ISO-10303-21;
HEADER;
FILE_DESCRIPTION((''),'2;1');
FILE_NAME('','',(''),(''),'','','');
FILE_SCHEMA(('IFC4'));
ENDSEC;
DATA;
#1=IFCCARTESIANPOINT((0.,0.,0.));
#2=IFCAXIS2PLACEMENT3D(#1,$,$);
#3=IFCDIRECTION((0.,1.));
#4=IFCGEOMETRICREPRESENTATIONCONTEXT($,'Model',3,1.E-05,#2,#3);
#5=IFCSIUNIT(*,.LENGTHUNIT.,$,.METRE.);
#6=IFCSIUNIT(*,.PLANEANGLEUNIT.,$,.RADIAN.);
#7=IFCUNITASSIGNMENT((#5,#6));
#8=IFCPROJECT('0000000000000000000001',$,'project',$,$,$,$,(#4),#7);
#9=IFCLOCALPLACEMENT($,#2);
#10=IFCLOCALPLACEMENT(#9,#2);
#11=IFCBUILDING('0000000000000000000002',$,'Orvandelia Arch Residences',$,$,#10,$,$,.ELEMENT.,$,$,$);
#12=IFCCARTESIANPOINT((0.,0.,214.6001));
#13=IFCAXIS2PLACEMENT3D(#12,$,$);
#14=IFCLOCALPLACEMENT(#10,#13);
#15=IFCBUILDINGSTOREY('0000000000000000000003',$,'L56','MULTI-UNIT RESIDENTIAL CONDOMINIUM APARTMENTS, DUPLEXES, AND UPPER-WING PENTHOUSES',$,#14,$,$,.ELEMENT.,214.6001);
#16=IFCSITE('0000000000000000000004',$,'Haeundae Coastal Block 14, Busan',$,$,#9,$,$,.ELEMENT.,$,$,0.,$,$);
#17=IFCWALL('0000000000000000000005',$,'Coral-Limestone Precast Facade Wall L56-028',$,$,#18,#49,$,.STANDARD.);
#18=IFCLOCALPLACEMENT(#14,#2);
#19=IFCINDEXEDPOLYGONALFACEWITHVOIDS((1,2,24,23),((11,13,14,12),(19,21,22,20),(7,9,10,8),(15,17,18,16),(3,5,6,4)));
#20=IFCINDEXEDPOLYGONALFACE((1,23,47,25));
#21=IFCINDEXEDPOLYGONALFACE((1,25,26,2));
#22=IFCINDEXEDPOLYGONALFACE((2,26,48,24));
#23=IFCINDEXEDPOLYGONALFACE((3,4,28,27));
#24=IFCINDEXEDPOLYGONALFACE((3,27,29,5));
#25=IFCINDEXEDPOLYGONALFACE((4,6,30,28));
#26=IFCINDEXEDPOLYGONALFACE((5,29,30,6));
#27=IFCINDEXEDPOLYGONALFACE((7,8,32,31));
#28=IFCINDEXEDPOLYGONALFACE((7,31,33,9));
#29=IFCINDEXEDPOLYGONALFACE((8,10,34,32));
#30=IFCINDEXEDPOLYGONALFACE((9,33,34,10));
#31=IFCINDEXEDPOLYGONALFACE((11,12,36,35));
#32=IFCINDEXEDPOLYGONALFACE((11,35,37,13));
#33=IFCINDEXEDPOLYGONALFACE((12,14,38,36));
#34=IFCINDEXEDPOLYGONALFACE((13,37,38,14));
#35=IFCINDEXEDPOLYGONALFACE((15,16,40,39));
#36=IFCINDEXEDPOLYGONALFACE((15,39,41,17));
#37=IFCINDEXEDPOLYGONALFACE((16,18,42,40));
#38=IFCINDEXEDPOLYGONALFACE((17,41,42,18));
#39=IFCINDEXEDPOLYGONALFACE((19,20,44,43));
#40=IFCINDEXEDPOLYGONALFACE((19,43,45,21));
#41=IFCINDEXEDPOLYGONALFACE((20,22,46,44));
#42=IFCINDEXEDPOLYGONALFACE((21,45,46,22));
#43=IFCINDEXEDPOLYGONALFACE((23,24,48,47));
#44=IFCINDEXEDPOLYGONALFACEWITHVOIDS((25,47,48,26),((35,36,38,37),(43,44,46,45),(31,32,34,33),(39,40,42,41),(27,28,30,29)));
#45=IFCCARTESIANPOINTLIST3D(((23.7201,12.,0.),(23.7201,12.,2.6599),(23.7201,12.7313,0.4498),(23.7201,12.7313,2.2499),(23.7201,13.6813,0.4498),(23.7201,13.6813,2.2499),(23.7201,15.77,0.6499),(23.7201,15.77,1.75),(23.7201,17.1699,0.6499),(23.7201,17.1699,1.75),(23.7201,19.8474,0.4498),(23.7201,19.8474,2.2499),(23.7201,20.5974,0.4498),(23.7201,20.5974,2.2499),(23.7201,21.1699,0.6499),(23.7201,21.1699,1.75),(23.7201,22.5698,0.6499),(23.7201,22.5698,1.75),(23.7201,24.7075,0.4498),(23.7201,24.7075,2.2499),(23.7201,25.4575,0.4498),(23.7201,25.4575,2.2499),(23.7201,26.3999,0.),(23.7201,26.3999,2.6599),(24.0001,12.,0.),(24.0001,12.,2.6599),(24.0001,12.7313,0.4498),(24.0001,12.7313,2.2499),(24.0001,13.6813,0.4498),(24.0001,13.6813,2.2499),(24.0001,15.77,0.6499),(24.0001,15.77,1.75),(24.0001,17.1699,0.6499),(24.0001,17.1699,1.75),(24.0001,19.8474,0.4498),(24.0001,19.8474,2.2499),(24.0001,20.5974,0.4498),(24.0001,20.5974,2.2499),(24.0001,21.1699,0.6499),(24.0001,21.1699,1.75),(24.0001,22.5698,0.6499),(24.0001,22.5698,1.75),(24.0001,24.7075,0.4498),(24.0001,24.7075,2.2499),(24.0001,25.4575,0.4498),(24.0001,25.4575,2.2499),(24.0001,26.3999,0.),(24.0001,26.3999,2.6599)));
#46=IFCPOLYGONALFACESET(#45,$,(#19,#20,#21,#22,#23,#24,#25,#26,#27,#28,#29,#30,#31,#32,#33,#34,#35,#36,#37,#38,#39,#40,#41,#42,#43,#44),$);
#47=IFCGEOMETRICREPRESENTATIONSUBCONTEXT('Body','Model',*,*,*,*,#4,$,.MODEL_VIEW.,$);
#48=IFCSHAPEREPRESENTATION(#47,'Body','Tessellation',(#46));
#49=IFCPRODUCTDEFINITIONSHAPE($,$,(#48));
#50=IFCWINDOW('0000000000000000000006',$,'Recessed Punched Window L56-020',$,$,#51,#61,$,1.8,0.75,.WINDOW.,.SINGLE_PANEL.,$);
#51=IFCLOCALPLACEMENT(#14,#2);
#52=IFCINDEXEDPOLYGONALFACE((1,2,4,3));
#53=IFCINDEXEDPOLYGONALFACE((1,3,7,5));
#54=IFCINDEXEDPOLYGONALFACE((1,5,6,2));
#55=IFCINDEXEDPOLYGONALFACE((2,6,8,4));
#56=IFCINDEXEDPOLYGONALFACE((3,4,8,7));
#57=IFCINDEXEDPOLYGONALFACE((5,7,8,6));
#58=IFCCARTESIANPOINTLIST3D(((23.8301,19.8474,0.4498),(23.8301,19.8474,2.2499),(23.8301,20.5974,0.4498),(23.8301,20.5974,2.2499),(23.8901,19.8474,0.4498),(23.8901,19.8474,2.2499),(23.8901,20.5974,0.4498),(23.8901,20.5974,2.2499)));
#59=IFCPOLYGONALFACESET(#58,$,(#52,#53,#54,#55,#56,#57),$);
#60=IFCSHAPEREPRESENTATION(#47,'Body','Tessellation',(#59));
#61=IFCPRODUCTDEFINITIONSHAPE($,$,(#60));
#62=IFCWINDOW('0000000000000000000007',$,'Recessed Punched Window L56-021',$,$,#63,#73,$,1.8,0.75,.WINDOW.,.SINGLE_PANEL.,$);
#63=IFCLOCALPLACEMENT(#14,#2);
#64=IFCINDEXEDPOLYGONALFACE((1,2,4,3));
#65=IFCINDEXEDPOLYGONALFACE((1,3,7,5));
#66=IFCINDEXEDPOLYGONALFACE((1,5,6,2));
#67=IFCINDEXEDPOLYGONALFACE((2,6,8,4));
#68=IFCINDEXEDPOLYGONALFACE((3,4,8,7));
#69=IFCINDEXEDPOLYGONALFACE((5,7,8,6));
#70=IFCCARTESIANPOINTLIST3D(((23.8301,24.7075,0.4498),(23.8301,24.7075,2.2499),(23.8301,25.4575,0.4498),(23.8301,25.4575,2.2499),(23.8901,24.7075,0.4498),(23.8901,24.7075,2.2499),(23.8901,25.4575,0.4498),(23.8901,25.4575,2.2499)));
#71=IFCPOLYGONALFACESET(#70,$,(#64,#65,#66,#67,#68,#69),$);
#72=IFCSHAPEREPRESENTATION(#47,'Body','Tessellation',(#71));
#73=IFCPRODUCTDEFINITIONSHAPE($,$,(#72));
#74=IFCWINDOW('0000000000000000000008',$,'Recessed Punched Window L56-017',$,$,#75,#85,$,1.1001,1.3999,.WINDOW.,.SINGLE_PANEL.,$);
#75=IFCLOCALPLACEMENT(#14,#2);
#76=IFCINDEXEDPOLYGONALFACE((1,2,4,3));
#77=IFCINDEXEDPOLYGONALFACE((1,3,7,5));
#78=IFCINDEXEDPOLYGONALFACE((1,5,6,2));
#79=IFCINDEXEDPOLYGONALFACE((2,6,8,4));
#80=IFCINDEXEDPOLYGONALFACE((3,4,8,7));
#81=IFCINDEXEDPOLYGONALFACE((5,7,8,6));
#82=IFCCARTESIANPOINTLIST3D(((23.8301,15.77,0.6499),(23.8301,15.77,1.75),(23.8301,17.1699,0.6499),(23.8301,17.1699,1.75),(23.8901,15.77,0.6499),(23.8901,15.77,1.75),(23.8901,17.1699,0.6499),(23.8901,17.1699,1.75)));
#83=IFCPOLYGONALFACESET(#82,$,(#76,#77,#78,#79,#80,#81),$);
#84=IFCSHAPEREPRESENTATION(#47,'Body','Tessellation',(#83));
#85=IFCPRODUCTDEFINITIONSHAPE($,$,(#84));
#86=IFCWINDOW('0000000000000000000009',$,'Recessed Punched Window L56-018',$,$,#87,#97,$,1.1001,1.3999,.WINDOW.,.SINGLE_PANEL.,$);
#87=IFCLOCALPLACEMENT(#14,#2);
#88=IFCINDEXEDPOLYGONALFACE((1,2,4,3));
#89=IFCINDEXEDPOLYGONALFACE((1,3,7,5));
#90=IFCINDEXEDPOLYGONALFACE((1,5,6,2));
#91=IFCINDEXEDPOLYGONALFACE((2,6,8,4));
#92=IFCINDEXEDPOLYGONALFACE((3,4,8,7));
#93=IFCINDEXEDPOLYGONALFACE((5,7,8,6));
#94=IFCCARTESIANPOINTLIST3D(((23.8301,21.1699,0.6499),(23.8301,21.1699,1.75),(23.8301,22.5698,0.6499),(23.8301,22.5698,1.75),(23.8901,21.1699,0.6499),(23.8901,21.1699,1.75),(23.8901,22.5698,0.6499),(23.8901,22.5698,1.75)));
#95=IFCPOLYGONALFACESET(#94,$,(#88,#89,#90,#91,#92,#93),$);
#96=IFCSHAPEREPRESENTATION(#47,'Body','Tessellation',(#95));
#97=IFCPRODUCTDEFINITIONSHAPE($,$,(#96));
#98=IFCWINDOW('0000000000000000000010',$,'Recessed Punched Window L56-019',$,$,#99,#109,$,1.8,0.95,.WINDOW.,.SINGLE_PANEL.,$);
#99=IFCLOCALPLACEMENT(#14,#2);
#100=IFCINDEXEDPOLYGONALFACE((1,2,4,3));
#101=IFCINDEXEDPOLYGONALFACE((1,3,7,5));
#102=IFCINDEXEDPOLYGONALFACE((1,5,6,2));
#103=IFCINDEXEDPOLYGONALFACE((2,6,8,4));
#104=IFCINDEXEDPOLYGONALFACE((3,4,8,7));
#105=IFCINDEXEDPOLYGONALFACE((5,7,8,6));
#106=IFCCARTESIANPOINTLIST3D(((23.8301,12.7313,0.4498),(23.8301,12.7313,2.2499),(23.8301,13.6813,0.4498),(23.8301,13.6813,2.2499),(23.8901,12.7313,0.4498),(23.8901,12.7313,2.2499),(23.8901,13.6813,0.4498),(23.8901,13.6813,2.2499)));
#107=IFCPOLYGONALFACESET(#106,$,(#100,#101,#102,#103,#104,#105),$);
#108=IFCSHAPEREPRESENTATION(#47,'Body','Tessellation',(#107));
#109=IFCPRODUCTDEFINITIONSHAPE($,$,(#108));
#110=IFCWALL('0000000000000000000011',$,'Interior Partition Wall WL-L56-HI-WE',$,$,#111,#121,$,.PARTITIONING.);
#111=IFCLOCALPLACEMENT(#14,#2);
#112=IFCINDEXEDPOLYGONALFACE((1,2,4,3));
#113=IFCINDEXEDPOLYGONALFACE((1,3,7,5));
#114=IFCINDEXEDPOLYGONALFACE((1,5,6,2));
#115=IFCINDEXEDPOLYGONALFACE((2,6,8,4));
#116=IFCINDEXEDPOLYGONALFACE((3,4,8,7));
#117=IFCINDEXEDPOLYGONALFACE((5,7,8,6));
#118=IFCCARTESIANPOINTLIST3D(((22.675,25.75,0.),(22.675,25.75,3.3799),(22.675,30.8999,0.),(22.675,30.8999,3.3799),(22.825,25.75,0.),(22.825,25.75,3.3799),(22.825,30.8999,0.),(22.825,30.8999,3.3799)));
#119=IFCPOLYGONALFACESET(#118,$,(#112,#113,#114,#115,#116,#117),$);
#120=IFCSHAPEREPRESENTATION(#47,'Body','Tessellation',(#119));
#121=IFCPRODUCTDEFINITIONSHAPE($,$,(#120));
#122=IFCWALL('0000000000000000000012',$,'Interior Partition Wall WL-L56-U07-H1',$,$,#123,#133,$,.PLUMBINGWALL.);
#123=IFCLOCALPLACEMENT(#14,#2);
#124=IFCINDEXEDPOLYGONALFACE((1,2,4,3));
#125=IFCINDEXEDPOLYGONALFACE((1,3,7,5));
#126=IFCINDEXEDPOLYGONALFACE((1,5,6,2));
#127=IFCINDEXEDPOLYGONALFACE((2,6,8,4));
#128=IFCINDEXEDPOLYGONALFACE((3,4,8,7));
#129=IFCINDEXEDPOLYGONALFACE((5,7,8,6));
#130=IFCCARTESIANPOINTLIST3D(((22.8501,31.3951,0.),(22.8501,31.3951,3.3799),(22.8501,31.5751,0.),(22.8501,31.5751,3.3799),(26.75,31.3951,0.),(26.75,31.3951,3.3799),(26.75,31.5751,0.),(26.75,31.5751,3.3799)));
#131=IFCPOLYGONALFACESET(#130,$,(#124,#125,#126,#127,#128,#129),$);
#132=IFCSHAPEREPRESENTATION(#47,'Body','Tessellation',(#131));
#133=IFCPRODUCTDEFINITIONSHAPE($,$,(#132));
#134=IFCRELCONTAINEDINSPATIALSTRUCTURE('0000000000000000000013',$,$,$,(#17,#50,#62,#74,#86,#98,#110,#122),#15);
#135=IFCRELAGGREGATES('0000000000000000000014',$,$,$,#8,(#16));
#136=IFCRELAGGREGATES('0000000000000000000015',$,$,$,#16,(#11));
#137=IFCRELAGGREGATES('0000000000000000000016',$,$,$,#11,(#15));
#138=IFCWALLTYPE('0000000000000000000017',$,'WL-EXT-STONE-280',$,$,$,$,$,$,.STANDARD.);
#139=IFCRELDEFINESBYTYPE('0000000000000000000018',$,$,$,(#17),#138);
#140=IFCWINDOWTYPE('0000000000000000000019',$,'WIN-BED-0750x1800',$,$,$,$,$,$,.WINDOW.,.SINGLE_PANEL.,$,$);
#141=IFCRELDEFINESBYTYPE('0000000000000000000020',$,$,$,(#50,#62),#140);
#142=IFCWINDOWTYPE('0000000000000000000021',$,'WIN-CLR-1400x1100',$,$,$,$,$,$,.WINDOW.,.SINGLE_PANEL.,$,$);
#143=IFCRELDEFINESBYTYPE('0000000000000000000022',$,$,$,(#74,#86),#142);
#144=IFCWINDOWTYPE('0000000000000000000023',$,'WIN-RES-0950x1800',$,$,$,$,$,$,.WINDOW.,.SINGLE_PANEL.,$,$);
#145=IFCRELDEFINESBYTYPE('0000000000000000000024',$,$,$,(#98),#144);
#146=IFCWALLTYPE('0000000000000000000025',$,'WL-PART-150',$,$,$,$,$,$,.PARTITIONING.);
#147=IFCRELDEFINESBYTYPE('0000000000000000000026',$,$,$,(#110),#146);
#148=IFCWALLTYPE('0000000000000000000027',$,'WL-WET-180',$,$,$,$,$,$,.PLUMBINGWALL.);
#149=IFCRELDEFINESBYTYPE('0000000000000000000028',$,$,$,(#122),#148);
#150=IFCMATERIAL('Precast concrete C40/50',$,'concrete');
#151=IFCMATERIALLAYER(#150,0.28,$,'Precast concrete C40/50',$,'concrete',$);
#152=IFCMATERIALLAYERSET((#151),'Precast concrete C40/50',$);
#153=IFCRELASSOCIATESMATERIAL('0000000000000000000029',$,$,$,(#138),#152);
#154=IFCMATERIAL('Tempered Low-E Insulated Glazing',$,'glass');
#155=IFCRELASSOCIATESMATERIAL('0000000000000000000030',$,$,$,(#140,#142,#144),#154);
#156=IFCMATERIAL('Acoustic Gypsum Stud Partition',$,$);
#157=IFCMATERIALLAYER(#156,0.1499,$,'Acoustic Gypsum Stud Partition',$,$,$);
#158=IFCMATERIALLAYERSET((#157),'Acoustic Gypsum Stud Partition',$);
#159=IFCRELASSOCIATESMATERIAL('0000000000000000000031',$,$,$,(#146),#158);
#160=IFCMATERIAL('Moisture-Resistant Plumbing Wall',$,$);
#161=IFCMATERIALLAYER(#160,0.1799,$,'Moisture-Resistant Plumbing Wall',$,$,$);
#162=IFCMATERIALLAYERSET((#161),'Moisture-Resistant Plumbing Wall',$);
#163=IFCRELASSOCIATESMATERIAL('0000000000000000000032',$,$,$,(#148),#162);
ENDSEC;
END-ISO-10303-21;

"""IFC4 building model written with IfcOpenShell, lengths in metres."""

from ifc_helpers import new_model, si_unit, direction, frame, frame_2d, origin, place, context, subcontext, project, spatial, rectangle, extrude, material, layer, layer_set, type_object, element, fill, save


model = new_model("IFC4")

# Units and contexts
model_context = context("Model", 3, precision=1e-05, world=origin(), true_north=direction((0.0, 1.0)))
body_context = subcontext(model_context, "Body", "Model", "MODEL_VIEW")
ifc_project = project(units=[si_unit("LENGTHUNIT", "METRE"), si_unit("PLANEANGLEUNIT", "RADIAN")], contexts=[model_context])

# Site, building, storey
site_placement = place(None, origin())
site = spatial("IfcSite", under=ifc_project, at=site_placement, Name="Haeundae Coastal Block 14, Busan", CompositionType="ELEMENT", RefElevation=0.0)
building_placement = place(site_placement, origin())
building = spatial("IfcBuilding", under=site, at=building_placement, Name="Orvandelia Arch Residences", CompositionType="ELEMENT")
storey_placement = place(building_placement, frame((0.0, 0.0, 214.6001)))
storey = spatial("IfcBuildingStorey", under=building, at=storey_placement, Name="L56", Description="MULTI-UNIT RESIDENTIAL CONDOMINIUM APARTMENTS, DUPLEXES, AND UPPER-WING PENTHOUSES", CompositionType="ELEMENT", Elevation=214.6001)

# Shared definitions
ifc_material_1 = material(Name="Precast concrete C40/50", Category="concrete")
ifc_layer_1 = layer(ifc_material_1, 0.28, Name="Precast concrete C40/50", Category="concrete")
ifc_layer_set_1 = layer_set([ifc_layer_1], Name="Precast concrete C40/50")
wall_type_1 = type_object("IfcWallType", Name="WL-EXT-STONE-280", PredefinedType="STANDARD", material=ifc_layer_set_1)

# Wall, openings, windows
wall_1_placement = place(storey_placement, frame((23.8601, 26.3999, 0.0), z_axis=(0.0, 0.0, 1.0), x_axis=(0.0, -1.0, 0.0)))
wall_1 = element("IfcWall", 1, at=wall_1_placement, inside=storey, type_object=wall_type_1, Name="Coral-Limestone Precast Facade Wall L56-028", PredefinedType="STANDARD", context=body_context, shape_type="SweptSolid", body=[
    extrude(rectangle(XDim=14.3999, YDim=0.28, at=frame_2d((7.2, 0.0))), origin(), (0.0, 0.0, 1.0), 2.6599),
])
opening_1_placement = place(wall_1_placement, frame((9.23, 0.0, 0.6499)))
opening_1 = element("IfcOpeningElement", 2, at=opening_1_placement, cuts=wall_1, PredefinedType="OPENING", context=body_context, shape_type="SweptSolid", body=[
    extrude(rectangle(XDim=1.3999, YDim=1.1001, at=frame_2d((0.7, 0.55))), frame((0.0, 0.1499, 0.0), z_axis=(0.0, -1.0, 0.0), x_axis=(1.0, 0.0, 0.0)), (0.0, 0.0, 1.0), 0.3),
])
opening_2_placement = place(wall_1_placement, frame((3.8301, 0.0, 0.6499)))
opening_2 = element("IfcOpeningElement", 3, at=opening_2_placement, cuts=wall_1, PredefinedType="OPENING", context=body_context, shape_type="SweptSolid", body=[
    extrude(rectangle(XDim=1.3999, YDim=1.1001, at=frame_2d((0.7, 0.55))), frame((0.0, 0.1499, 0.0), z_axis=(0.0, -1.0, 0.0), x_axis=(1.0, 0.0, 0.0)), (0.0, 0.0, 1.0), 0.3),
])
opening_3_placement = place(wall_1_placement, frame((12.7185, 0.0, 0.45)))
opening_3 = element("IfcOpeningElement", 4, at=opening_3_placement, cuts=wall_1, PredefinedType="OPENING", context=body_context, shape_type="SweptSolid", body=[
    extrude(rectangle(XDim=0.95, YDim=1.8, at=frame_2d((0.4751, 0.8999))), frame((0.0, 0.1499, 0.0), z_axis=(0.0, -1.0, 0.0), x_axis=(1.0, 0.0, 0.0)), (0.0, 0.0, 1.0), 0.3),
])
opening_4_placement = place(wall_1_placement, frame((5.8025, 0.0, 0.45)))
opening_4 = element("IfcOpeningElement", 5, at=opening_4_placement, cuts=wall_1, PredefinedType="OPENING", context=body_context, shape_type="SweptSolid", body=[
    extrude(rectangle(XDim=0.75, YDim=1.8, at=frame_2d((0.375, 0.8999))), frame((0.0, 0.1499, 0.0), z_axis=(0.0, -1.0, 0.0), x_axis=(1.0, 0.0, 0.0)), (0.0, 0.0, 1.0), 0.3),
])
opening_5_placement = place(wall_1_placement, frame((0.9424, 0.0, 0.45)))
opening_5 = element("IfcOpeningElement", 6, at=opening_5_placement, cuts=wall_1, PredefinedType="OPENING", context=body_context, shape_type="SweptSolid", body=[
    extrude(rectangle(XDim=0.75, YDim=1.8, at=frame_2d((0.375, 0.8999))), frame((0.0, 0.1499, 0.0), z_axis=(0.0, -1.0, 0.0), x_axis=(1.0, 0.0, 0.0)), (0.0, 0.0, 1.0), 0.3),
])
ifc_material_2 = material(Name="Tempered Low-E Insulated Glazing", Category="glass")
window_type_1 = type_object("IfcWindowType", Name="WIN-BED-0750x1800", PartitioningType="SINGLE_PANEL", PredefinedType="WINDOW", material=ifc_material_2)
window_1_placement = place(opening_4_placement, origin())
window_1 = element("IfcWindow", 7, at=window_1_placement, inside=storey, type_object=window_type_1, Name="Recessed Punched Window L56-020", OverallHeight=1.8, OverallWidth=0.75, PartitioningType="SINGLE_PANEL", PredefinedType="WINDOW", context=body_context, shape_type="SweptSolid", body=[
    extrude(rectangle(XDim=0.75, YDim=1.8, at=frame_2d((0.375, 0.8999))), frame((0.0, 0.03, 0.0), z_axis=(0.0, -1.0, 0.0), x_axis=(1.0, 0.0, 0.0)), (0.0, 0.0, 1.0), 0.0601),
])
fill(opening_4, window_1)
window_2_placement = place(opening_5_placement, origin())
window_2 = element("IfcWindow", 8, at=window_2_placement, inside=storey, type_object=window_type_1, Name="Recessed Punched Window L56-021", OverallHeight=1.8, OverallWidth=0.75, PartitioningType="SINGLE_PANEL", PredefinedType="WINDOW", context=body_context, shape_type="SweptSolid", body=[
    extrude(rectangle(XDim=0.75, YDim=1.8, at=frame_2d((0.375, 0.8999))), frame((0.0, 0.03, 0.0), z_axis=(0.0, -1.0, 0.0), x_axis=(1.0, 0.0, 0.0)), (0.0, 0.0, 1.0), 0.0601),
])
fill(opening_5, window_2)
window_type_2 = type_object("IfcWindowType", Name="WIN-CLR-1400x1100", PartitioningType="SINGLE_PANEL", PredefinedType="WINDOW", material=ifc_material_2)
window_3_placement = place(opening_1_placement, origin())
window_3 = element("IfcWindow", 9, at=window_3_placement, inside=storey, type_object=window_type_2, Name="Recessed Punched Window L56-017", OverallHeight=1.1001, OverallWidth=1.3999, PartitioningType="SINGLE_PANEL", PredefinedType="WINDOW", context=body_context, shape_type="SweptSolid", body=[
    extrude(rectangle(XDim=1.3999, YDim=1.1001, at=frame_2d((0.7, 0.55))), frame((0.0, 0.03, 0.0), z_axis=(0.0, -1.0, 0.0), x_axis=(1.0, 0.0, 0.0)), (0.0, 0.0, 1.0), 0.0601),
])
fill(opening_1, window_3)
window_4_placement = place(opening_2_placement, origin())
window_4 = element("IfcWindow", 10, at=window_4_placement, inside=storey, type_object=window_type_2, Name="Recessed Punched Window L56-018", OverallHeight=1.1001, OverallWidth=1.3999, PartitioningType="SINGLE_PANEL", PredefinedType="WINDOW", context=body_context, shape_type="SweptSolid", body=[
    extrude(rectangle(XDim=1.3999, YDim=1.1001, at=frame_2d((0.7, 0.55))), frame((0.0, 0.03, 0.0), z_axis=(0.0, -1.0, 0.0), x_axis=(1.0, 0.0, 0.0)), (0.0, 0.0, 1.0), 0.0601),
])
fill(opening_2, window_4)
window_type_3 = type_object("IfcWindowType", Name="WIN-RES-0950x1800", PartitioningType="SINGLE_PANEL", PredefinedType="WINDOW", material=ifc_material_2)
window_5_placement = place(opening_3_placement, origin())
window_5 = element("IfcWindow", 11, at=window_5_placement, inside=storey, type_object=window_type_3, Name="Recessed Punched Window L56-019", OverallHeight=1.8, OverallWidth=0.95, PartitioningType="SINGLE_PANEL", PredefinedType="WINDOW", context=body_context, shape_type="SweptSolid", body=[
    extrude(rectangle(XDim=0.95, YDim=1.8, at=frame_2d((0.4751, 0.8999))), frame((0.0, 0.03, 0.0), z_axis=(0.0, -1.0, 0.0), x_axis=(1.0, 0.0, 0.0)), (0.0, 0.0, 1.0), 0.0601),
])
fill(opening_3, window_5)

# Walls
ifc_material_3 = material(Name="Acoustic Gypsum Stud Partition")
ifc_layer_2 = layer(ifc_material_3, 0.1499, Name="Acoustic Gypsum Stud Partition")
ifc_layer_set_2 = layer_set([ifc_layer_2], Name="Acoustic Gypsum Stud Partition")
wall_type_2 = type_object("IfcWallType", Name="WL-PART-150", PredefinedType="PARTITIONING", material=ifc_layer_set_2)
wall_2_placement = place(storey_placement, frame((22.75, 25.75, 0.0), z_axis=(0.0, 0.0, 1.0), x_axis=(0.0, 1.0, 0.0)))
element("IfcWall", 12, at=wall_2_placement, inside=storey, type_object=wall_type_2, Name="Interior Partition Wall WL-L56-HI-WE", PredefinedType="PARTITIONING", context=body_context, shape_type="SweptSolid", body=[
    extrude(rectangle(XDim=5.1499, YDim=0.1499, at=frame_2d((2.575, 0.0))), origin(), (0.0, 0.0, 1.0), 3.3799),
])
ifc_material_4 = material(Name="Moisture-Resistant Plumbing Wall")
ifc_layer_3 = layer(ifc_material_4, 0.1799, Name="Moisture-Resistant Plumbing Wall")
ifc_layer_set_3 = layer_set([ifc_layer_3], Name="Moisture-Resistant Plumbing Wall")
wall_type_3 = type_object("IfcWallType", Name="WL-WET-180", PredefinedType="PLUMBINGWALL", material=ifc_layer_set_3)
wall_3_placement = place(storey_placement, frame((22.8501, 31.4851, 0.0), z_axis=(0.0, 0.0, 1.0), x_axis=(1.0, 0.0, 0.0)))
element("IfcWall", 13, at=wall_3_placement, inside=storey, type_object=wall_type_3, Name="Interior Partition Wall WL-L56-U07-H1", PredefinedType="PLUMBINGWALL", context=body_context, shape_type="SweptSolid", body=[
    extrude(rectangle(XDim=3.8999, YDim=0.1799, at=frame_2d((1.95, 0.0))), origin(), (0.0, 0.0, 1.0), 3.3799),
])

save(model, "model.ifc")
